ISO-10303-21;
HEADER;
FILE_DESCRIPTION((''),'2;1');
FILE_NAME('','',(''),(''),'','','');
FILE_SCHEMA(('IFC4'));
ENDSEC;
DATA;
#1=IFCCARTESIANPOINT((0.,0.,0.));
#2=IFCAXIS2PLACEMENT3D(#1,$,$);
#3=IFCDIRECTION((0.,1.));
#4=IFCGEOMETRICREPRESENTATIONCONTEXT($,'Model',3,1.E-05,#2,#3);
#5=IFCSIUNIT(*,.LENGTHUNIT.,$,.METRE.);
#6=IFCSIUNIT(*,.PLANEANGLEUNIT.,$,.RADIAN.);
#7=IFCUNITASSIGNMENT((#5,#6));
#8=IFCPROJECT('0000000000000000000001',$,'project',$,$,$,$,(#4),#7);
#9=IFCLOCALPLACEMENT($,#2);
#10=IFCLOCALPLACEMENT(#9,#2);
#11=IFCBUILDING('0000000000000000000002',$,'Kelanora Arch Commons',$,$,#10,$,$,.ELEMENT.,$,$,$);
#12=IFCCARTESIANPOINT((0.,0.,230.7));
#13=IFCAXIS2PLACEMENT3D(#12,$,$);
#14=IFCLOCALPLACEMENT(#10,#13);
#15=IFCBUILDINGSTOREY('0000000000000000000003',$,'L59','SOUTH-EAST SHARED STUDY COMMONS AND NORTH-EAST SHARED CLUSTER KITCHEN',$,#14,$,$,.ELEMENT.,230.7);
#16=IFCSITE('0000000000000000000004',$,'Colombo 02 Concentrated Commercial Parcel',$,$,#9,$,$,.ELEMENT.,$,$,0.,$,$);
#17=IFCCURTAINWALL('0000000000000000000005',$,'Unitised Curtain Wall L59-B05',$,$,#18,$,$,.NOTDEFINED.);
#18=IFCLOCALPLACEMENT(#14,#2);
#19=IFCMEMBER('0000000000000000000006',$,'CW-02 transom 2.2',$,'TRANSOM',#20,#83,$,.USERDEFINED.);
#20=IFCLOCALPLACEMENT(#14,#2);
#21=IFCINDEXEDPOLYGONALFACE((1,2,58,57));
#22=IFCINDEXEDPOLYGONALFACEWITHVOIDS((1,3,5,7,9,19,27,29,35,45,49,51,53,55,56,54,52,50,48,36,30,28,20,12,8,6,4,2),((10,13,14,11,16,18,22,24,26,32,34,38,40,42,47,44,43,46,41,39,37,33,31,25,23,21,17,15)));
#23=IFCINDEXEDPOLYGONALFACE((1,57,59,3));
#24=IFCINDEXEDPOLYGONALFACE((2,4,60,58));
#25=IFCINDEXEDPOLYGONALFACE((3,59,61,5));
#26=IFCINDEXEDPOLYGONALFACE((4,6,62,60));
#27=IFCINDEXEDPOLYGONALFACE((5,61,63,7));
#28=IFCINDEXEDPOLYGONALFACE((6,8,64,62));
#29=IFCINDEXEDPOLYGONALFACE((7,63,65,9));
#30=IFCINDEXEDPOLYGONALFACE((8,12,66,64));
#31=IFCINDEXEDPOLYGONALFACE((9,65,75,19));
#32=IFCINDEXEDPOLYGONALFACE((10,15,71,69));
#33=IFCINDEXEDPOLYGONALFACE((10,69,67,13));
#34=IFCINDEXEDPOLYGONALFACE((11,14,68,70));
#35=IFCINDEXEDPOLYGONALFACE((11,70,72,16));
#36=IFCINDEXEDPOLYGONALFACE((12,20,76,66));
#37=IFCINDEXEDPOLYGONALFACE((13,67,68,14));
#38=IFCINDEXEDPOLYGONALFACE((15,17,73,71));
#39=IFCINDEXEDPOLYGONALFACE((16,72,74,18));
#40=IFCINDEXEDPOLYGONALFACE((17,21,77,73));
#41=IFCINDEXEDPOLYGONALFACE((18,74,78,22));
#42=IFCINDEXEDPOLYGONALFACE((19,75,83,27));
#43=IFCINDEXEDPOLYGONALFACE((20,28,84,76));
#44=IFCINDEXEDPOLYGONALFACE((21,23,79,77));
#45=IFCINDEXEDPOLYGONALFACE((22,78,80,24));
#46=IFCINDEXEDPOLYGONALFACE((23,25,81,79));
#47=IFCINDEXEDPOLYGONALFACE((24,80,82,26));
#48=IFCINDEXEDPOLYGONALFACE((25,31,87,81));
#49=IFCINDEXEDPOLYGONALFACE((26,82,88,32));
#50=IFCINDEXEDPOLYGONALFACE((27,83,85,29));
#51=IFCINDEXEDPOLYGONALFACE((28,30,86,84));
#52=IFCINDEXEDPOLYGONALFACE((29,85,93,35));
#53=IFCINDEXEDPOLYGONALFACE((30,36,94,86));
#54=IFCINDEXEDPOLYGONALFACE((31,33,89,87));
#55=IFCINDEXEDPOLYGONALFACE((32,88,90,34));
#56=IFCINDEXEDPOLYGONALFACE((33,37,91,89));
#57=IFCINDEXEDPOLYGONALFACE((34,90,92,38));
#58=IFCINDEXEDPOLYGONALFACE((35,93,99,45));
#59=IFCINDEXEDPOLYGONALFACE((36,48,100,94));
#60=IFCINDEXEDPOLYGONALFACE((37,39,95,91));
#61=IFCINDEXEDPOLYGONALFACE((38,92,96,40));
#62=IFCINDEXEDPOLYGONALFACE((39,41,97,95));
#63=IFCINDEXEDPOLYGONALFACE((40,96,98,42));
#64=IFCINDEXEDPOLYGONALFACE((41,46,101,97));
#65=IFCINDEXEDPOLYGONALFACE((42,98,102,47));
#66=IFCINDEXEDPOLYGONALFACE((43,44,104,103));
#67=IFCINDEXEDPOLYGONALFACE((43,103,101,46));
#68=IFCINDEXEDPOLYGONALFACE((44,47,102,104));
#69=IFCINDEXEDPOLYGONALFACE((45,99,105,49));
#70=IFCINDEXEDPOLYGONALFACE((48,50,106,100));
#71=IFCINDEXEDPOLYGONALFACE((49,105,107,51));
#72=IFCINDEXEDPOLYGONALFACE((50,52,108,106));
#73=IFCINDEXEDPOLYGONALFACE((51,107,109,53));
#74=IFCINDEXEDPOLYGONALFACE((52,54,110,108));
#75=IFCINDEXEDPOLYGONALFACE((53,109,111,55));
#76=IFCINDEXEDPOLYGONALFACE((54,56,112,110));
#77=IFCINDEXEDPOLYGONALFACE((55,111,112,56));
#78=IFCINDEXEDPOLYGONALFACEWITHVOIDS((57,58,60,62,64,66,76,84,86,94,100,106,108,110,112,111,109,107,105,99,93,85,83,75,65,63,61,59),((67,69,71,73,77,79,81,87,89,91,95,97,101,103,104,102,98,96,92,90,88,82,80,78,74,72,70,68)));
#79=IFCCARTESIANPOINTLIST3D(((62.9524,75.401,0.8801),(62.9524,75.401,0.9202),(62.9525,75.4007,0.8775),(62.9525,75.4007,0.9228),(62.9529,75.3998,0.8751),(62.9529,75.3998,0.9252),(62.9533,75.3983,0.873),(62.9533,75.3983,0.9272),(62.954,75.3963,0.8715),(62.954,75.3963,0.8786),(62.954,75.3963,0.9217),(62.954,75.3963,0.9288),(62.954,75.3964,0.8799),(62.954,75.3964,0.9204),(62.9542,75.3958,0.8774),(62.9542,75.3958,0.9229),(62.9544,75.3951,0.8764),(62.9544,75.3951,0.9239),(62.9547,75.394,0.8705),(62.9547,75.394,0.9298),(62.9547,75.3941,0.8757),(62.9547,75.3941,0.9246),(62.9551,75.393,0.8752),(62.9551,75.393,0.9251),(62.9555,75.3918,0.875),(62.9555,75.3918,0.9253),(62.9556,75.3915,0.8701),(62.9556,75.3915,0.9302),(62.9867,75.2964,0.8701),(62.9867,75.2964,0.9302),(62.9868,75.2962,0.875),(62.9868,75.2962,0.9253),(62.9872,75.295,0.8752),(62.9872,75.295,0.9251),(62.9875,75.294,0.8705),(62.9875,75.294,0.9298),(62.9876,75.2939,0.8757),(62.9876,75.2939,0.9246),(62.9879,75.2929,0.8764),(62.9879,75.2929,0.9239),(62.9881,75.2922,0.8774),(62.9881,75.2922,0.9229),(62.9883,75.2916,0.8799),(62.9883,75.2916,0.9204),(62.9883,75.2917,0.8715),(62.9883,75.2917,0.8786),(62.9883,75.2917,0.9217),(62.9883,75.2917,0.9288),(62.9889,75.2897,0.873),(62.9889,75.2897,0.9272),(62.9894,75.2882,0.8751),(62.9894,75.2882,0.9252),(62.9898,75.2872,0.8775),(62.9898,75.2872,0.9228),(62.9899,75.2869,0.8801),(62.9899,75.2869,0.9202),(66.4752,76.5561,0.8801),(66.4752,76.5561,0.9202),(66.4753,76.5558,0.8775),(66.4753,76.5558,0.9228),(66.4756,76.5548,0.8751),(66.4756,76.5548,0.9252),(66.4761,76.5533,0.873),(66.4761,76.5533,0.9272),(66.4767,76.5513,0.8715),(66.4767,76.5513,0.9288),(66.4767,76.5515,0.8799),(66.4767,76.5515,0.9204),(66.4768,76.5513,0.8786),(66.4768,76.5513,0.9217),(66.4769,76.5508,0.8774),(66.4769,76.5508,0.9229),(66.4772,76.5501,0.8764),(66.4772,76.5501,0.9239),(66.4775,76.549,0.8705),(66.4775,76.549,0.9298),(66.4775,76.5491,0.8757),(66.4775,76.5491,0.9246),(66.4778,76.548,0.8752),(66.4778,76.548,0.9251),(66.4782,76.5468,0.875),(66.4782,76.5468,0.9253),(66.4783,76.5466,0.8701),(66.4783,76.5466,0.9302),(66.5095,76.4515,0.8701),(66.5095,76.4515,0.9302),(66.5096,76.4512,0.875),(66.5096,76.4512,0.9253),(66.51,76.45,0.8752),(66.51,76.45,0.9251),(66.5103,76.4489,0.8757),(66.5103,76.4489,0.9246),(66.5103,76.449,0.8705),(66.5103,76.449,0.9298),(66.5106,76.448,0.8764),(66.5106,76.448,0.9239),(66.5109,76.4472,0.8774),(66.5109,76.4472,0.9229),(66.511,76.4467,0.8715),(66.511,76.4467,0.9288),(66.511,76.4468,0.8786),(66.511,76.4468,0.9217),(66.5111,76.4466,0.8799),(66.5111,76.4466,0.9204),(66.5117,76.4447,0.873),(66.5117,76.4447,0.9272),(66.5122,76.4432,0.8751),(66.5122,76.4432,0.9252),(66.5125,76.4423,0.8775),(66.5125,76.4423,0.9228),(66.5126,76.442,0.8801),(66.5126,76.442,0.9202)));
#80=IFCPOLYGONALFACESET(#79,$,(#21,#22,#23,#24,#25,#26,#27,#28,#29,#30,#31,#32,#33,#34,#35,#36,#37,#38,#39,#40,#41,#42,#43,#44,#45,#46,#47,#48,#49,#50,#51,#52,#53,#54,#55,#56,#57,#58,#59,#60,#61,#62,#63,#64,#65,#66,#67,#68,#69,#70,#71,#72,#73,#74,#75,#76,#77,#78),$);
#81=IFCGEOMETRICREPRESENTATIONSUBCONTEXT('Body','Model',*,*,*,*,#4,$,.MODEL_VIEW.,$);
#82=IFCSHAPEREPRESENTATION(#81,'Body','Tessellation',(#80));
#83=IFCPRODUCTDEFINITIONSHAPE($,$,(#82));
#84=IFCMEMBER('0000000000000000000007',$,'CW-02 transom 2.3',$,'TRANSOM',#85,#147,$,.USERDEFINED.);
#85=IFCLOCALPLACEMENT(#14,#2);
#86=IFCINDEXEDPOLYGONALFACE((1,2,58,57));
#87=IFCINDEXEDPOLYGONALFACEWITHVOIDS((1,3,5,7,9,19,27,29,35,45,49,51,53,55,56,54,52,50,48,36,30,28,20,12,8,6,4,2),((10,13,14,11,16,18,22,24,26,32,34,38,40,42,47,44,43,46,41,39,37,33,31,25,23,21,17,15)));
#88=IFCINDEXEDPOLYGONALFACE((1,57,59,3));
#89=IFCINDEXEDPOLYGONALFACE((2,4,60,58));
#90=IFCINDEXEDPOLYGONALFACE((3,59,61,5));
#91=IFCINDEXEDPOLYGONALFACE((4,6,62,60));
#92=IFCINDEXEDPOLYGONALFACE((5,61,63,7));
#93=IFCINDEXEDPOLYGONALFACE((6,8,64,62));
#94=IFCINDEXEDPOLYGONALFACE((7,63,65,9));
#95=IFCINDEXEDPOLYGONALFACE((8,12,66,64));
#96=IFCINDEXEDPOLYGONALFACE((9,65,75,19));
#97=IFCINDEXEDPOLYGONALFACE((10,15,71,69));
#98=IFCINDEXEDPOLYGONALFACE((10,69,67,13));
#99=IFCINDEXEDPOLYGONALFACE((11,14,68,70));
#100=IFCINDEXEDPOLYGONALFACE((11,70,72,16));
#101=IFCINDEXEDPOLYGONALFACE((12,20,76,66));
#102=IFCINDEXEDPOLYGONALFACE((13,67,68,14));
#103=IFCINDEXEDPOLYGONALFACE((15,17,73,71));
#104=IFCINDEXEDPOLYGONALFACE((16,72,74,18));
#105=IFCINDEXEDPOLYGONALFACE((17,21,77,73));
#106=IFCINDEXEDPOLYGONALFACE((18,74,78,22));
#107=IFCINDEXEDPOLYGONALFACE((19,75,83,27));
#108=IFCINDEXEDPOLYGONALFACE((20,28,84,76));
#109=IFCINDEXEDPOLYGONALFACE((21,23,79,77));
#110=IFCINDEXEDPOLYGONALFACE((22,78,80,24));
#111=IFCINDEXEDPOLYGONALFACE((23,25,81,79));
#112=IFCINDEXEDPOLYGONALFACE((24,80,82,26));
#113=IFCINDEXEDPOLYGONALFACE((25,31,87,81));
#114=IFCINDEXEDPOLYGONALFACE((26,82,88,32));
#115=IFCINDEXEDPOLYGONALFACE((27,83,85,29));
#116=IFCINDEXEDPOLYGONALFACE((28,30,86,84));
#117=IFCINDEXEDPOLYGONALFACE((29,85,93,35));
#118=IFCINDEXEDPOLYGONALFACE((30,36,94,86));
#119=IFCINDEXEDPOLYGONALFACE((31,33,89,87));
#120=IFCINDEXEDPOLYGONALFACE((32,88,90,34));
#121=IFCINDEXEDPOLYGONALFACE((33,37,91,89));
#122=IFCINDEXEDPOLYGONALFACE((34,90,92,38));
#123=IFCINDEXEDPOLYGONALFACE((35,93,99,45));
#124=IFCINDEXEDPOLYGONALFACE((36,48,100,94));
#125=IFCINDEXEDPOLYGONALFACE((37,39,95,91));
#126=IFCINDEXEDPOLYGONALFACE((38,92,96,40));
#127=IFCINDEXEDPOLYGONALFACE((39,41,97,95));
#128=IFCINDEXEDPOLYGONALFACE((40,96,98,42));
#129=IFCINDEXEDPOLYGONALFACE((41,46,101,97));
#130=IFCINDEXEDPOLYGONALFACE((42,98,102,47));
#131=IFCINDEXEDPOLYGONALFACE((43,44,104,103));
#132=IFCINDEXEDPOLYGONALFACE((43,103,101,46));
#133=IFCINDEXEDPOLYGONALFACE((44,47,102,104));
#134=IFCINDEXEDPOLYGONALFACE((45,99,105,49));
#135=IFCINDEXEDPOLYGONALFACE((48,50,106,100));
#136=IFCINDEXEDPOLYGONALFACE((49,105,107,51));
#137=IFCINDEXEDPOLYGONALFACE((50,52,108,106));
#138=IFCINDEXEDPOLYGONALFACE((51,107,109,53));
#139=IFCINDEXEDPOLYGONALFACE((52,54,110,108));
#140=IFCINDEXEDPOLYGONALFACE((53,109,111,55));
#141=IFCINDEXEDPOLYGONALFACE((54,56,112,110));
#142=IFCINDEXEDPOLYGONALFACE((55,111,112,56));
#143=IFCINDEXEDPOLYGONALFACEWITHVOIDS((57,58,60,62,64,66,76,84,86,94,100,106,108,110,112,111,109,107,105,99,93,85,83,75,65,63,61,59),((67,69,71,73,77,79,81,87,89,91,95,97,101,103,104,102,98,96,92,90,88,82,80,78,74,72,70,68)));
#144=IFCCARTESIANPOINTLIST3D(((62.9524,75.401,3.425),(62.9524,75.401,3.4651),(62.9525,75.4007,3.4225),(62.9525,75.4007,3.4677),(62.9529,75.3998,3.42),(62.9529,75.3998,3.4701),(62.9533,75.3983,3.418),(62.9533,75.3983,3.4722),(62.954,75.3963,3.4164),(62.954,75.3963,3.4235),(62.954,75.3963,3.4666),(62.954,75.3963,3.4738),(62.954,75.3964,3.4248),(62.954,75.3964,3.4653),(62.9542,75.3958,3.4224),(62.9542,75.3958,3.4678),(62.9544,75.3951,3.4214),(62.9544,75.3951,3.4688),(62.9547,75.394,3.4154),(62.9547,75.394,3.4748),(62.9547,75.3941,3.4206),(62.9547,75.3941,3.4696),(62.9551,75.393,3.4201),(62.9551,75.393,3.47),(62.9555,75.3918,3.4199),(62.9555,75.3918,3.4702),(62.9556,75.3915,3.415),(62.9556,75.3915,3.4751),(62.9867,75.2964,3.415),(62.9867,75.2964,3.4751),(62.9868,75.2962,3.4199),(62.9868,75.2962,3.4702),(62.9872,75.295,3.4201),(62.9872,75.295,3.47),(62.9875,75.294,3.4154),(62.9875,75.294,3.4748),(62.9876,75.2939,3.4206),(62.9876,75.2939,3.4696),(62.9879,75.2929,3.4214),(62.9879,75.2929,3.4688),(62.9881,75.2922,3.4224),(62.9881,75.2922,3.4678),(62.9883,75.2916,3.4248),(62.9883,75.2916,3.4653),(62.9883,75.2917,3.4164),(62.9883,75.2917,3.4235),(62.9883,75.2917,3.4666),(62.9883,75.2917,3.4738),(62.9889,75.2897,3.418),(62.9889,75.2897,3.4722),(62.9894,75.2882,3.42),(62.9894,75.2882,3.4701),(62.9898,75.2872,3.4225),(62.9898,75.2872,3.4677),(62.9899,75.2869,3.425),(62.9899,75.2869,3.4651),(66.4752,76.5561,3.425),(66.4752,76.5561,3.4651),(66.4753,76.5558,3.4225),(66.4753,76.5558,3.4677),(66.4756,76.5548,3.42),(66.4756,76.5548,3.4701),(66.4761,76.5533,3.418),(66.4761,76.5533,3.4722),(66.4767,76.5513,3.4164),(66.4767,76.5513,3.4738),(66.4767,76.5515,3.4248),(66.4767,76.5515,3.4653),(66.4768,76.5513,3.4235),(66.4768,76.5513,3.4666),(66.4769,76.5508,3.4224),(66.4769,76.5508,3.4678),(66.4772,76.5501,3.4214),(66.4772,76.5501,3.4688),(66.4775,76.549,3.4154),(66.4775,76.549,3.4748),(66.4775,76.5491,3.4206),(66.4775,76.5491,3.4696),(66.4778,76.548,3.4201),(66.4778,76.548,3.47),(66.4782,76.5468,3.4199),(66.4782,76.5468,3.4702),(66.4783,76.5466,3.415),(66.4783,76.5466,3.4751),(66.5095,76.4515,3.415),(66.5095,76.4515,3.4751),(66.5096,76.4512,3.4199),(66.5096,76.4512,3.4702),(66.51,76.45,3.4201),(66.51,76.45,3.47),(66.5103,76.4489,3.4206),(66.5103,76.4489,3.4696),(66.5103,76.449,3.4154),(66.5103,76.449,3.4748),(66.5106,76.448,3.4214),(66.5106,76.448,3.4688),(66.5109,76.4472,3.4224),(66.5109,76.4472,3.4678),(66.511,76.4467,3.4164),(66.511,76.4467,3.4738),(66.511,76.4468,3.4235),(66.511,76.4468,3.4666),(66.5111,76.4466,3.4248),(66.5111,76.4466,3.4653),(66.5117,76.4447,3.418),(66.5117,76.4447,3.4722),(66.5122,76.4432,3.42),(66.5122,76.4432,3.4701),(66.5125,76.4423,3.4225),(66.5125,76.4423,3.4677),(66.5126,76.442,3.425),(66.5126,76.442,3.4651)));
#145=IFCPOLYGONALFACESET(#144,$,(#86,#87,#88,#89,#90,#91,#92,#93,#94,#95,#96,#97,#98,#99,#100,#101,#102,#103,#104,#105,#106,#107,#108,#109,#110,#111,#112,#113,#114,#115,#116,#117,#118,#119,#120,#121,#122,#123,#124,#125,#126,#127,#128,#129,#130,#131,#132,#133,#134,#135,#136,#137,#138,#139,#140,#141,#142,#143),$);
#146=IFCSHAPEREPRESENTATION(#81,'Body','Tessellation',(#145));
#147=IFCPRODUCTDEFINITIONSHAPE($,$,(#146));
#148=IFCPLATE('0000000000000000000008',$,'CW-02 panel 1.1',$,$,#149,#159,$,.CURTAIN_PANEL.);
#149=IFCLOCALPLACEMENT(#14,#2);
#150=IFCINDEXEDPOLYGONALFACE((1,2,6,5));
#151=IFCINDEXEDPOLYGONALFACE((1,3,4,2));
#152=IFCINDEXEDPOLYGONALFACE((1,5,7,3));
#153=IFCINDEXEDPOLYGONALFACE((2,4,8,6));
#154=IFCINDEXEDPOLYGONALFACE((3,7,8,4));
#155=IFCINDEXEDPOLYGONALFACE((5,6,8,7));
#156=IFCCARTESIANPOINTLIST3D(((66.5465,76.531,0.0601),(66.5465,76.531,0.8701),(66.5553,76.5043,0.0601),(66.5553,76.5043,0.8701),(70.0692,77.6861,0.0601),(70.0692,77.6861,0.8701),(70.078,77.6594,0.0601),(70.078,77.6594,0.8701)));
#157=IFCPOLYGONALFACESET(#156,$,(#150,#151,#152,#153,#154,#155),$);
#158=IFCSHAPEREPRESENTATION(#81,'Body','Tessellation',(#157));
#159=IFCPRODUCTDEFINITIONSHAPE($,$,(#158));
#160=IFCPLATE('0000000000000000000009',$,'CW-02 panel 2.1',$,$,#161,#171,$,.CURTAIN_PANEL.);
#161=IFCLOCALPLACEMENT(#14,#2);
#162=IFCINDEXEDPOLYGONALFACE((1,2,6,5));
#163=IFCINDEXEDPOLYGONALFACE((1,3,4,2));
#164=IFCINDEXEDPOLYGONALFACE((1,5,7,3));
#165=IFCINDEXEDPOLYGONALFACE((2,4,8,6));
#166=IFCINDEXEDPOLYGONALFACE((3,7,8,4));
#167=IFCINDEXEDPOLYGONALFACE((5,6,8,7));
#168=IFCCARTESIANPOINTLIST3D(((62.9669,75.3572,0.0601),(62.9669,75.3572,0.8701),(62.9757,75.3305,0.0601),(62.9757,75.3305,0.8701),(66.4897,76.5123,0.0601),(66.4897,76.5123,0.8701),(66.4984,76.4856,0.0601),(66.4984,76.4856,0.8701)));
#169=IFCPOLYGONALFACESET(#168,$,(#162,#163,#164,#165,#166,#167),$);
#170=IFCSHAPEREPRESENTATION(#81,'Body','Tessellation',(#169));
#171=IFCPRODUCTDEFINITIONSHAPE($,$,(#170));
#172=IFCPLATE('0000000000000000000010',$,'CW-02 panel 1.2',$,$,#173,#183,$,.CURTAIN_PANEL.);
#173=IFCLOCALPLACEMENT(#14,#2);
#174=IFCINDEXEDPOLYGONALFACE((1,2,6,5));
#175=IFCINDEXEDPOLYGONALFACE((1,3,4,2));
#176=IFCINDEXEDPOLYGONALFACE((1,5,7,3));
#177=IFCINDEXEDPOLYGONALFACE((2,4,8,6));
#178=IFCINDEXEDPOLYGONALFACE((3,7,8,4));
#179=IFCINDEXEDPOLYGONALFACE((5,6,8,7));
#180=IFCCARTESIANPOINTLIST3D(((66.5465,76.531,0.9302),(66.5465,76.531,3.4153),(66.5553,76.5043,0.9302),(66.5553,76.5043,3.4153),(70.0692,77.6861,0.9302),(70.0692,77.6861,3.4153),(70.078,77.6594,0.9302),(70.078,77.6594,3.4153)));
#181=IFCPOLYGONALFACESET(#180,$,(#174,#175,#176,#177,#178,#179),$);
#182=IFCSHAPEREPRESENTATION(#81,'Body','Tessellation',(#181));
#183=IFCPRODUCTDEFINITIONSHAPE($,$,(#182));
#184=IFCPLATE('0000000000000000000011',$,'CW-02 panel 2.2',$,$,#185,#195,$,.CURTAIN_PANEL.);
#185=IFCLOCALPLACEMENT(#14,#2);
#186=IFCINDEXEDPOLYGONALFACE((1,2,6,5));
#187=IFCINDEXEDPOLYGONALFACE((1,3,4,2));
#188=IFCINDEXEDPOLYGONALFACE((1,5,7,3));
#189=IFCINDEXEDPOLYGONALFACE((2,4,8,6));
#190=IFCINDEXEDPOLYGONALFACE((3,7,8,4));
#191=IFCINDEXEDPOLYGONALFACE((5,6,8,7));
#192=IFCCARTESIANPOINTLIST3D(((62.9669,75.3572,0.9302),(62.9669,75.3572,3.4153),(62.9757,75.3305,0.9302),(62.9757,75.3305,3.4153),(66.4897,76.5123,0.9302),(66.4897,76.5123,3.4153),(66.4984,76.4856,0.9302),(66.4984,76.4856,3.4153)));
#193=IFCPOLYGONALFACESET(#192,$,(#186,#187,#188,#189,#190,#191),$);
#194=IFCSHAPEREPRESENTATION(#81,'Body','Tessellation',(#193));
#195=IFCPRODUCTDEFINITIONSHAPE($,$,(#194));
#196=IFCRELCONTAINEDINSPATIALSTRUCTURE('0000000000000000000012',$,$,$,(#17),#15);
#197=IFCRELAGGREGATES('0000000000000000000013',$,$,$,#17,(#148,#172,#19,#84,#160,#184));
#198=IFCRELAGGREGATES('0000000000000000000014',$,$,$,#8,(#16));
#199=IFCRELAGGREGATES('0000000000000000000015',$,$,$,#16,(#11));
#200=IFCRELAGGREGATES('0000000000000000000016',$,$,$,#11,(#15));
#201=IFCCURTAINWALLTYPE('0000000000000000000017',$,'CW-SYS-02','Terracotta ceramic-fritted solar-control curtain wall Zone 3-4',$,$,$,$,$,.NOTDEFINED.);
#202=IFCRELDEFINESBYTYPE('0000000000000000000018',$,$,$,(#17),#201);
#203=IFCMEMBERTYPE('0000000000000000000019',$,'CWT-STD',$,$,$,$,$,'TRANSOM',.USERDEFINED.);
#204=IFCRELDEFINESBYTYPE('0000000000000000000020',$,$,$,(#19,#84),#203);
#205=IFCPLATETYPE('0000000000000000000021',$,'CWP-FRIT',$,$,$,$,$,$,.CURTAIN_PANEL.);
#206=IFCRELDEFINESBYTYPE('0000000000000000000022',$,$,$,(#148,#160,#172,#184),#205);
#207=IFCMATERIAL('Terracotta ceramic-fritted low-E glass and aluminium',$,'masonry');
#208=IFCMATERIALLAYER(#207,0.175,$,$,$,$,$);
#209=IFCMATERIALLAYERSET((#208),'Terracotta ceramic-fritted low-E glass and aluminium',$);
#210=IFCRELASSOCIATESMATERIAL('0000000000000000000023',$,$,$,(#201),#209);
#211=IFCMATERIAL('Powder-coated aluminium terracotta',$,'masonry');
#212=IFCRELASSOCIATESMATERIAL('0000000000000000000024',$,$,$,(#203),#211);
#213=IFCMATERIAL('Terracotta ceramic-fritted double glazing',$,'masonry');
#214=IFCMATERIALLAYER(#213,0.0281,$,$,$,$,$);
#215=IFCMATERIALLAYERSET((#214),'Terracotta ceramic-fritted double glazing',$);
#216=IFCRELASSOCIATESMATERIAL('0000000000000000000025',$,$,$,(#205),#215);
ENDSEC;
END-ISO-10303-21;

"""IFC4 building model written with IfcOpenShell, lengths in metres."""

from ifc_helpers import new_model, si_unit, direction, frame, origin, origin_2d, place, context, subcontext, project, spatial, rectangle, hollow_rectangle, extrude, source, transform, mapped, material, layer, layer_set, material_profile, profile_set, type_object, element, aggregate, save


model = new_model("IFC4")

# Units and contexts
model_context = context("Model", 3, precision=1e-05, world=origin(), true_north=direction((0.0, 1.0)))
body_context = subcontext(model_context, "Body", "Model", "MODEL_VIEW")
ifc_project = project(units=[si_unit("LENGTHUNIT", "METRE"), si_unit("PLANEANGLEUNIT", "RADIAN")], contexts=[model_context])

# Site, building, storey
site_placement = place(None, origin())
site = spatial("IfcSite", under=ifc_project, at=site_placement, Name="Colombo 02 Concentrated Commercial Parcel", CompositionType="ELEMENT", RefElevation=0.0)
building_placement = place(site_placement, origin())
building = spatial("IfcBuilding", under=site, at=building_placement, Name="Kelanora Arch Commons", CompositionType="ELEMENT")
storey_placement = place(building_placement, frame((0.0, 0.0, 230.7)))
storey = spatial("IfcBuildingStorey", under=building, at=storey_placement, Name="L59", Description="SOUTH-EAST SHARED STUDY COMMONS AND NORTH-EAST SHARED CLUSTER KITCHEN", CompositionType="ELEMENT", Elevation=230.7)

# Curtain wall, members, plates
ifc_material_1 = material(Name="Terracotta ceramic-fritted low-E glass and aluminium", Category="masonry")
ifc_layer_1 = layer(ifc_material_1, 0.175)
ifc_layer_set_1 = layer_set([ifc_layer_1], Name="Terracotta ceramic-fritted low-E glass and aluminium")
curtain_wall_type = type_object("IfcCurtainWallType", Name="CW-SYS-02", Description="Terracotta ceramic-fritted solar-control curtain wall Zone 3-4", PredefinedType="NOTDEFINED", material=ifc_layer_set_1)
curtain_wall_placement = place(storey_placement, origin())
curtain_wall = element("IfcCurtainWall", 1, at=curtain_wall_placement, inside=storey, type_object=curtain_wall_type, Name="Unitised Curtain Wall L59-B05", PredefinedType="NOTDEFINED")
ifc_material_2 = material(Name="Powder-coated aluminium terracotta", Category="masonry")
ifc_material_profile_1 = material_profile(ifc_material_2, hollow_rectangle(XDim=0.1201, YDim=0.0601, WallThickness=0.0049, InnerFilletRadius=0.0049, OuterFilletRadius=0.01, at=origin_2d()), Name="CWT120x60")
ifc_profile_set_1 = profile_set([ifc_material_profile_1], Name="Powder-coated aluminium terracotta")
member_type_1 = type_object("IfcMemberType", Name="CWT-STD", ElementType="TRANSOM", PredefinedType="USERDEFINED", material=ifc_profile_set_1)
member_1_placement = place(storey_placement, frame((66.4939, 76.499, 0.9001), z_axis=(-0.950226, -0.311561, 0.0), x_axis=(0.311561, -0.950226, 0.0)))
member_1 = element("IfcMember", 2, at=member_1_placement, type_object=member_type_1, Name="CW-02 transom 2.2", ObjectType="TRANSOM", PredefinedType="USERDEFINED", context=body_context, shape_type="SweptSolid", body=[
    extrude(hollow_rectangle(XDim=0.1201, YDim=0.0601, WallThickness=0.0049, InnerFilletRadius=0.0049, OuterFilletRadius=0.01, at=origin_2d()), origin(), (0.0, 0.0, 1.0), 3.7073),
])
member_2_placement = place(storey_placement, frame((66.4939, 76.499, 3.4451), z_axis=(-0.950226, -0.311561, 0.0), x_axis=(0.311561, -0.950226, 0.0)))
member_2 = element("IfcMember", 3, at=member_2_placement, type_object=member_type_1, Name="CW-02 transom 2.3", ObjectType="TRANSOM", PredefinedType="USERDEFINED", context=body_context, shape_type="SweptSolid", body=[
    extrude(hollow_rectangle(XDim=0.1201, YDim=0.0601, WallThickness=0.0049, InnerFilletRadius=0.0049, OuterFilletRadius=0.01, at=origin_2d()), origin(), (0.0, 0.0, 1.0), 3.7073),
])
ifc_material_3 = material(Name="Terracotta ceramic-fritted double glazing", Category="masonry")
ifc_layer_2 = layer(ifc_material_3, 0.0281)
ifc_layer_set_2 = layer_set([ifc_layer_2], Name="Terracotta ceramic-fritted double glazing")
plate_type = type_object("IfcPlateType", Name="CWP-FRIT", PredefinedType="CURTAIN_PANEL", material=ifc_layer_set_2)
shared_shape_1 = source(origin(), body_context, "Body", "SweptSolid", [
    extrude(rectangle(XDim=3.7073, YDim=0.0281, at=origin_2d()), origin(), (0.0, 0.0, 1.0), 0.8101),
])
plate_1_placement = place(storey_placement, frame((68.3123, 77.0952, 0.0601), z_axis=(0.0, 0.0, 1.0), x_axis=(-0.950219, -0.311582, 0.0)))
plate_1 = element("IfcPlate", 4, at=plate_1_placement, type_object=plate_type, Name="CW-02 panel 1.1", PredefinedType="CURTAIN_PANEL", context=body_context, shape_type="MappedRepresentation", body=[
    mapped(shared_shape_1, transform((0.0, 0.0, 0.0), scale=1.0)),
])
plate_2_placement = place(storey_placement, frame((64.7327, 75.9214, 0.0601), z_axis=(0.0, 0.0, 1.0), x_axis=(-0.950219, -0.311582, 0.0)))
plate_2 = element("IfcPlate", 5, at=plate_2_placement, type_object=plate_type, Name="CW-02 panel 2.1", PredefinedType="CURTAIN_PANEL", context=body_context, shape_type="MappedRepresentation", body=[
    mapped(shared_shape_1, transform((0.0, 0.0, 0.0), scale=1.0)),
])
shared_shape_2 = source(origin(), body_context, "Body", "SweptSolid", [
    extrude(rectangle(XDim=3.7073, YDim=0.0281, at=origin_2d()), origin(), (0.0, 0.0, 1.0), 2.4851),
])
plate_3_placement = place(storey_placement, frame((68.3123, 77.0952, 0.9302), z_axis=(0.0, 0.0, 1.0), x_axis=(-0.950219, -0.311582, 0.0)))
plate_3 = element("IfcPlate", 6, at=plate_3_placement, type_object=plate_type, Name="CW-02 panel 1.2", PredefinedType="CURTAIN_PANEL", context=body_context, shape_type="MappedRepresentation", body=[
    mapped(shared_shape_2, transform((0.0, 0.0, 0.0), scale=1.0)),
])
plate_4_placement = place(storey_placement, frame((64.7327, 75.9214, 0.9302), z_axis=(0.0, 0.0, 1.0), x_axis=(-0.950219, -0.311582, 0.0)))
plate_4 = element("IfcPlate", 7, at=plate_4_placement, type_object=plate_type, Name="CW-02 panel 2.2", PredefinedType="CURTAIN_PANEL", context=body_context, shape_type="MappedRepresentation", body=[
    mapped(shared_shape_2, transform((0.0, 0.0, 0.0), scale=1.0)),
])
aggregate(curtain_wall, [plate_1, plate_3, member_1, member_2, plate_2, plate_4])

save(model, "model.ifc")
